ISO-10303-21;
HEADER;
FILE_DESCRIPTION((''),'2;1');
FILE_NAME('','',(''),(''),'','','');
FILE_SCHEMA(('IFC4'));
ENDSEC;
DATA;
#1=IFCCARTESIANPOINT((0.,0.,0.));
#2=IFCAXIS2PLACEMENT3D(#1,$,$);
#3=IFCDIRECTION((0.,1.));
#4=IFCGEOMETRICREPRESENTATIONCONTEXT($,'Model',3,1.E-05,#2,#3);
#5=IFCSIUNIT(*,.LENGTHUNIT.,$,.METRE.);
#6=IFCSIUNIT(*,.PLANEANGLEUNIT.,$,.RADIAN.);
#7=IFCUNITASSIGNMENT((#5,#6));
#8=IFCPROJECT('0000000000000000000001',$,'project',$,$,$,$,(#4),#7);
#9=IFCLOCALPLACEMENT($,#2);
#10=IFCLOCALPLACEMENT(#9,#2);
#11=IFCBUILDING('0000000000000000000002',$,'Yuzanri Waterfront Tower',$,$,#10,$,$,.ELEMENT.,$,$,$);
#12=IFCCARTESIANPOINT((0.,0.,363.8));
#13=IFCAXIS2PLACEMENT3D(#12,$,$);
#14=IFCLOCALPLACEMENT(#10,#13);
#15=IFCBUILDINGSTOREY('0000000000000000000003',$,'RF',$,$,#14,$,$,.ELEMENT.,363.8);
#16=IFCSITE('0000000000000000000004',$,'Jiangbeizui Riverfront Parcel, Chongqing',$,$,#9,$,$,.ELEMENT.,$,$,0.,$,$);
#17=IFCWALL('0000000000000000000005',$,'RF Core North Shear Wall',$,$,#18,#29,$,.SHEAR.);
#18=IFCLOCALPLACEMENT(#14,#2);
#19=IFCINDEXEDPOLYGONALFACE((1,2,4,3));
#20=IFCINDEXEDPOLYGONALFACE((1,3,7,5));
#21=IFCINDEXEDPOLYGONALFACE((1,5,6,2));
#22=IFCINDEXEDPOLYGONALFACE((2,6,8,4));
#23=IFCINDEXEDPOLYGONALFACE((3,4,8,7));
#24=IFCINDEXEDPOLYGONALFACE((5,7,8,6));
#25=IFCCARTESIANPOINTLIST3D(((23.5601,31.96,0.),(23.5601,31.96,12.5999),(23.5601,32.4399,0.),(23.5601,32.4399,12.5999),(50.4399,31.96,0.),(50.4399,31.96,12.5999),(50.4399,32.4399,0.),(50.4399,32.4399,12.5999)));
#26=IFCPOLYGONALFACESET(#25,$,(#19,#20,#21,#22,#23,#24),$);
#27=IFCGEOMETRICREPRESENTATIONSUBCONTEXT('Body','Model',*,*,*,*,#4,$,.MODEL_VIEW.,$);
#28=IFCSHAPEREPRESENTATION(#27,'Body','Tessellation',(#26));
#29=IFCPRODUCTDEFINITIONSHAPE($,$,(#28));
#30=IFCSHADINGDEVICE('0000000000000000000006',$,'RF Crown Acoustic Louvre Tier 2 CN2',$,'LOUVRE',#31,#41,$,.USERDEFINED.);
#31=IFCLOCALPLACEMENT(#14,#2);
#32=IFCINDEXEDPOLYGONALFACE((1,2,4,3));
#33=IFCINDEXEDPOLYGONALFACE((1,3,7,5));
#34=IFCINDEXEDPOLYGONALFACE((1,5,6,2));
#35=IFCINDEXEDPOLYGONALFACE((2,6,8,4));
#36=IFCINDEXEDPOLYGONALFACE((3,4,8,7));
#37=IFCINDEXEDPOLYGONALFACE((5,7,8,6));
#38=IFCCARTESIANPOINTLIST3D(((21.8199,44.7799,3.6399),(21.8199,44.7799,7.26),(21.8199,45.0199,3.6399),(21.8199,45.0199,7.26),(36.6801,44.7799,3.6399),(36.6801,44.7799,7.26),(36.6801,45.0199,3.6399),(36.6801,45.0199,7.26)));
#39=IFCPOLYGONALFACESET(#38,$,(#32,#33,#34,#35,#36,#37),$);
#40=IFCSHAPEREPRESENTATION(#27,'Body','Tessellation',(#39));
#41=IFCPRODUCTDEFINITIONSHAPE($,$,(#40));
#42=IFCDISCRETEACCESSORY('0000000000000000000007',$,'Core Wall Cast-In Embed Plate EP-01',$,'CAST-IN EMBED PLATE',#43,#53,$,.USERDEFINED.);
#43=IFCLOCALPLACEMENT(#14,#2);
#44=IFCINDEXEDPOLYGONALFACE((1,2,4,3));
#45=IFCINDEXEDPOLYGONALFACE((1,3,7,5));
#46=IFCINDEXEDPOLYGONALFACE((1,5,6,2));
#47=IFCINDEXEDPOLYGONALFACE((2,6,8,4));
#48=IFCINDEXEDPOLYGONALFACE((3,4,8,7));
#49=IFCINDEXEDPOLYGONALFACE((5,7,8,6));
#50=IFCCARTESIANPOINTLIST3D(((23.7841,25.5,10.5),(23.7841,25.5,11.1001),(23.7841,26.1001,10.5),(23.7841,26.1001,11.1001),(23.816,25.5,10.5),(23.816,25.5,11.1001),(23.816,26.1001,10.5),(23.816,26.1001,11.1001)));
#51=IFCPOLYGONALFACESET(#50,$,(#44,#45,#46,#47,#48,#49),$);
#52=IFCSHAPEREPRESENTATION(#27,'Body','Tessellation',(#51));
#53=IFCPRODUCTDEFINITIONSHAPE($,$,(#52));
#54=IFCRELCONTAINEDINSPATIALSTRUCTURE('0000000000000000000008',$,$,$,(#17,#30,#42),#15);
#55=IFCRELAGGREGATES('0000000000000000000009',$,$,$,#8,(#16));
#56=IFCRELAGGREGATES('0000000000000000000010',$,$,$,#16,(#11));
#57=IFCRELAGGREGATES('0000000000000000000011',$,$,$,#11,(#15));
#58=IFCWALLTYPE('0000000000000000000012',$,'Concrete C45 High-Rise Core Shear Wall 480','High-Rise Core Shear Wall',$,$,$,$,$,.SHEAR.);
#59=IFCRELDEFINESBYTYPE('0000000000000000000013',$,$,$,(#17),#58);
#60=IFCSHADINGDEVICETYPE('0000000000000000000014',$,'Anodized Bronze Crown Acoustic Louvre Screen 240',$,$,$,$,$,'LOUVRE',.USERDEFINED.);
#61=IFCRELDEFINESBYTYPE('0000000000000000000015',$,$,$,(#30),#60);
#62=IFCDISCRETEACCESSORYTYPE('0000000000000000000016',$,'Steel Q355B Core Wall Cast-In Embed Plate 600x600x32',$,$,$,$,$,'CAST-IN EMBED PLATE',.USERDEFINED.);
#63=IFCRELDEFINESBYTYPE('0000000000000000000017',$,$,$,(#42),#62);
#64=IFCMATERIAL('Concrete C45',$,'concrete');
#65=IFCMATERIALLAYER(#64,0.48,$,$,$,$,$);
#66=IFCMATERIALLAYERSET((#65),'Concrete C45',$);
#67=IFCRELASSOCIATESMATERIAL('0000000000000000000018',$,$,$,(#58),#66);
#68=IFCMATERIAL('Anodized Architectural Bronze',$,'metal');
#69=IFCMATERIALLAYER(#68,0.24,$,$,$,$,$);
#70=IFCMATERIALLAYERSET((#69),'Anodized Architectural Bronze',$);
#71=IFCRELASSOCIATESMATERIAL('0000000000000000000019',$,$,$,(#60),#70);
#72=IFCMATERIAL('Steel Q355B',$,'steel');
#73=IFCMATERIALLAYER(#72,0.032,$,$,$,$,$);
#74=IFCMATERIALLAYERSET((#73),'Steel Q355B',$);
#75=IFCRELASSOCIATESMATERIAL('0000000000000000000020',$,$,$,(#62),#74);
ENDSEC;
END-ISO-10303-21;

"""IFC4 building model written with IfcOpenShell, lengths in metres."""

from ifc_helpers import new_model, si_unit, direction, frame, frame_2d, origin, origin_2d, place, context, subcontext, project, spatial, rectangle, extrude, source, transform, mapped, material, layer, layer_set, type_object, element, save


model = new_model("IFC4")

# Units and contexts
model_context = context("Model", 3, precision=1e-05, world=origin(), true_north=direction((0.0, 1.0)))
body_context = subcontext(model_context, "Body", "Model", "MODEL_VIEW")
ifc_project = project(units=[si_unit("LENGTHUNIT", "METRE"), si_unit("PLANEANGLEUNIT", "RADIAN")], contexts=[model_context])

# Site, building, storey
site_placement = place(None, origin())
site = spatial("IfcSite", under=ifc_project, at=site_placement, Name="Jiangbeizui Riverfront Parcel, Chongqing", CompositionType="ELEMENT", RefElevation=0.0)
building_placement = place(site_placement, origin())
building = spatial("IfcBuilding", under=site, at=building_placement, Name="Yuzanri Waterfront Tower", CompositionType="ELEMENT")
storey_placement = place(building_placement, frame((0.0, 0.0, 363.8)))
storey = spatial("IfcBuildingStorey", under=building, at=storey_placement, Name="RF", CompositionType="ELEMENT", Elevation=363.8)

# Wall
ifc_material_1 = material(Name="Concrete C45", Category="concrete")
ifc_layer_1 = layer(ifc_material_1, 0.48)
ifc_layer_set_1 = layer_set([ifc_layer_1], Name="Concrete C45")
wall_type = type_object("IfcWallType", Name="Concrete C45 High-Rise Core Shear Wall 480", Description="High-Rise Core Shear Wall", PredefinedType="SHEAR", material=ifc_layer_set_1)
shared_shape_1 = source(origin(), body_context, "Body", "SweptSolid", [
    extrude(rectangle(XDim=26.8799, YDim=0.48, at=frame_2d((13.4399, 0.0))), origin(), (0.0, 0.0, 1.0), 12.5999),
])
wall_placement = place(storey_placement, frame((23.5601, 32.2, 0.0), z_axis=(0.0, 0.0, 1.0), x_axis=(1.0, 0.0, 0.0)))
element("IfcWall", 1, at=wall_placement, inside=storey, type_object=wall_type, Name="RF Core North Shear Wall", PredefinedType="SHEAR", context=body_context, shape_type="MappedRepresentation", body=[
    mapped(shared_shape_1, transform((0.0, 0.0, 0.0), scale=1.0)),
])

# Shading device
ifc_material_2 = material(Name="Anodized Architectural Bronze", Category="metal")
ifc_layer_2 = layer(ifc_material_2, 0.24)
ifc_layer_set_2 = layer_set([ifc_layer_2], Name="Anodized Architectural Bronze")
shading_device_type = type_object("IfcShadingDeviceType", Name="Anodized Bronze Crown Acoustic Louvre Screen 240", ElementType="LOUVRE", PredefinedType="USERDEFINED", material=ifc_layer_set_2)
shared_shape_2 = source(origin(), body_context, "Body", "SweptSolid", [
    extrude(rectangle(XDim=14.8601, YDim=0.24, at=origin_2d()), origin(), (0.0, 0.0, 1.0), 3.6201),
])
shading_device_placement = place(storey_placement, frame((29.25, 44.8999, 3.6399), z_axis=(0.0, 0.0, 1.0), x_axis=(1.0, 0.0, 0.0)))
element("IfcShadingDevice", 2, at=shading_device_placement, inside=storey, type_object=shading_device_type, Name="RF Crown Acoustic Louvre Tier 2 CN2", ObjectType="LOUVRE", PredefinedType="USERDEFINED", context=body_context, shape_type="MappedRepresentation", body=[
    mapped(shared_shape_2, transform((0.0, 0.0, 0.0), scale=1.0)),
])

# Discrete accessory
ifc_material_3 = material(Name="Steel Q355B", Category="steel")
ifc_layer_3 = layer(ifc_material_3, 0.032)
ifc_layer_set_3 = layer_set([ifc_layer_3], Name="Steel Q355B")
discrete_accessory_type = type_object("IfcDiscreteAccessoryType", Name="Steel Q355B Core Wall Cast-In Embed Plate 600x600x32", ElementType="CAST-IN EMBED PLATE", PredefinedType="USERDEFINED", material=ifc_layer_set_3)
shared_shape_3 = source(origin(), body_context, "Body", "SweptSolid", [
    extrude(rectangle(XDim=0.6001, YDim=0.032, at=origin_2d()), origin(), (0.0, 0.0, 1.0), 0.6001),
])
discrete_accessory_placement = place(storey_placement, frame((23.8, 25.8, 10.5), z_axis=(0.0, 0.0, 1.0), x_axis=(0.0, 1.0, 0.0)))
element("IfcDiscreteAccessory", 3, at=discrete_accessory_placement, inside=storey, type_object=discrete_accessory_type, Name="Core Wall Cast-In Embed Plate EP-01", ObjectType="CAST-IN EMBED PLATE", PredefinedType="USERDEFINED", context=body_context, shape_type="MappedRepresentation", body=[
    mapped(shared_shape_3, transform((0.0, 0.0, 0.0), scale=1.0)),
])

save(model, "model.ifc")
